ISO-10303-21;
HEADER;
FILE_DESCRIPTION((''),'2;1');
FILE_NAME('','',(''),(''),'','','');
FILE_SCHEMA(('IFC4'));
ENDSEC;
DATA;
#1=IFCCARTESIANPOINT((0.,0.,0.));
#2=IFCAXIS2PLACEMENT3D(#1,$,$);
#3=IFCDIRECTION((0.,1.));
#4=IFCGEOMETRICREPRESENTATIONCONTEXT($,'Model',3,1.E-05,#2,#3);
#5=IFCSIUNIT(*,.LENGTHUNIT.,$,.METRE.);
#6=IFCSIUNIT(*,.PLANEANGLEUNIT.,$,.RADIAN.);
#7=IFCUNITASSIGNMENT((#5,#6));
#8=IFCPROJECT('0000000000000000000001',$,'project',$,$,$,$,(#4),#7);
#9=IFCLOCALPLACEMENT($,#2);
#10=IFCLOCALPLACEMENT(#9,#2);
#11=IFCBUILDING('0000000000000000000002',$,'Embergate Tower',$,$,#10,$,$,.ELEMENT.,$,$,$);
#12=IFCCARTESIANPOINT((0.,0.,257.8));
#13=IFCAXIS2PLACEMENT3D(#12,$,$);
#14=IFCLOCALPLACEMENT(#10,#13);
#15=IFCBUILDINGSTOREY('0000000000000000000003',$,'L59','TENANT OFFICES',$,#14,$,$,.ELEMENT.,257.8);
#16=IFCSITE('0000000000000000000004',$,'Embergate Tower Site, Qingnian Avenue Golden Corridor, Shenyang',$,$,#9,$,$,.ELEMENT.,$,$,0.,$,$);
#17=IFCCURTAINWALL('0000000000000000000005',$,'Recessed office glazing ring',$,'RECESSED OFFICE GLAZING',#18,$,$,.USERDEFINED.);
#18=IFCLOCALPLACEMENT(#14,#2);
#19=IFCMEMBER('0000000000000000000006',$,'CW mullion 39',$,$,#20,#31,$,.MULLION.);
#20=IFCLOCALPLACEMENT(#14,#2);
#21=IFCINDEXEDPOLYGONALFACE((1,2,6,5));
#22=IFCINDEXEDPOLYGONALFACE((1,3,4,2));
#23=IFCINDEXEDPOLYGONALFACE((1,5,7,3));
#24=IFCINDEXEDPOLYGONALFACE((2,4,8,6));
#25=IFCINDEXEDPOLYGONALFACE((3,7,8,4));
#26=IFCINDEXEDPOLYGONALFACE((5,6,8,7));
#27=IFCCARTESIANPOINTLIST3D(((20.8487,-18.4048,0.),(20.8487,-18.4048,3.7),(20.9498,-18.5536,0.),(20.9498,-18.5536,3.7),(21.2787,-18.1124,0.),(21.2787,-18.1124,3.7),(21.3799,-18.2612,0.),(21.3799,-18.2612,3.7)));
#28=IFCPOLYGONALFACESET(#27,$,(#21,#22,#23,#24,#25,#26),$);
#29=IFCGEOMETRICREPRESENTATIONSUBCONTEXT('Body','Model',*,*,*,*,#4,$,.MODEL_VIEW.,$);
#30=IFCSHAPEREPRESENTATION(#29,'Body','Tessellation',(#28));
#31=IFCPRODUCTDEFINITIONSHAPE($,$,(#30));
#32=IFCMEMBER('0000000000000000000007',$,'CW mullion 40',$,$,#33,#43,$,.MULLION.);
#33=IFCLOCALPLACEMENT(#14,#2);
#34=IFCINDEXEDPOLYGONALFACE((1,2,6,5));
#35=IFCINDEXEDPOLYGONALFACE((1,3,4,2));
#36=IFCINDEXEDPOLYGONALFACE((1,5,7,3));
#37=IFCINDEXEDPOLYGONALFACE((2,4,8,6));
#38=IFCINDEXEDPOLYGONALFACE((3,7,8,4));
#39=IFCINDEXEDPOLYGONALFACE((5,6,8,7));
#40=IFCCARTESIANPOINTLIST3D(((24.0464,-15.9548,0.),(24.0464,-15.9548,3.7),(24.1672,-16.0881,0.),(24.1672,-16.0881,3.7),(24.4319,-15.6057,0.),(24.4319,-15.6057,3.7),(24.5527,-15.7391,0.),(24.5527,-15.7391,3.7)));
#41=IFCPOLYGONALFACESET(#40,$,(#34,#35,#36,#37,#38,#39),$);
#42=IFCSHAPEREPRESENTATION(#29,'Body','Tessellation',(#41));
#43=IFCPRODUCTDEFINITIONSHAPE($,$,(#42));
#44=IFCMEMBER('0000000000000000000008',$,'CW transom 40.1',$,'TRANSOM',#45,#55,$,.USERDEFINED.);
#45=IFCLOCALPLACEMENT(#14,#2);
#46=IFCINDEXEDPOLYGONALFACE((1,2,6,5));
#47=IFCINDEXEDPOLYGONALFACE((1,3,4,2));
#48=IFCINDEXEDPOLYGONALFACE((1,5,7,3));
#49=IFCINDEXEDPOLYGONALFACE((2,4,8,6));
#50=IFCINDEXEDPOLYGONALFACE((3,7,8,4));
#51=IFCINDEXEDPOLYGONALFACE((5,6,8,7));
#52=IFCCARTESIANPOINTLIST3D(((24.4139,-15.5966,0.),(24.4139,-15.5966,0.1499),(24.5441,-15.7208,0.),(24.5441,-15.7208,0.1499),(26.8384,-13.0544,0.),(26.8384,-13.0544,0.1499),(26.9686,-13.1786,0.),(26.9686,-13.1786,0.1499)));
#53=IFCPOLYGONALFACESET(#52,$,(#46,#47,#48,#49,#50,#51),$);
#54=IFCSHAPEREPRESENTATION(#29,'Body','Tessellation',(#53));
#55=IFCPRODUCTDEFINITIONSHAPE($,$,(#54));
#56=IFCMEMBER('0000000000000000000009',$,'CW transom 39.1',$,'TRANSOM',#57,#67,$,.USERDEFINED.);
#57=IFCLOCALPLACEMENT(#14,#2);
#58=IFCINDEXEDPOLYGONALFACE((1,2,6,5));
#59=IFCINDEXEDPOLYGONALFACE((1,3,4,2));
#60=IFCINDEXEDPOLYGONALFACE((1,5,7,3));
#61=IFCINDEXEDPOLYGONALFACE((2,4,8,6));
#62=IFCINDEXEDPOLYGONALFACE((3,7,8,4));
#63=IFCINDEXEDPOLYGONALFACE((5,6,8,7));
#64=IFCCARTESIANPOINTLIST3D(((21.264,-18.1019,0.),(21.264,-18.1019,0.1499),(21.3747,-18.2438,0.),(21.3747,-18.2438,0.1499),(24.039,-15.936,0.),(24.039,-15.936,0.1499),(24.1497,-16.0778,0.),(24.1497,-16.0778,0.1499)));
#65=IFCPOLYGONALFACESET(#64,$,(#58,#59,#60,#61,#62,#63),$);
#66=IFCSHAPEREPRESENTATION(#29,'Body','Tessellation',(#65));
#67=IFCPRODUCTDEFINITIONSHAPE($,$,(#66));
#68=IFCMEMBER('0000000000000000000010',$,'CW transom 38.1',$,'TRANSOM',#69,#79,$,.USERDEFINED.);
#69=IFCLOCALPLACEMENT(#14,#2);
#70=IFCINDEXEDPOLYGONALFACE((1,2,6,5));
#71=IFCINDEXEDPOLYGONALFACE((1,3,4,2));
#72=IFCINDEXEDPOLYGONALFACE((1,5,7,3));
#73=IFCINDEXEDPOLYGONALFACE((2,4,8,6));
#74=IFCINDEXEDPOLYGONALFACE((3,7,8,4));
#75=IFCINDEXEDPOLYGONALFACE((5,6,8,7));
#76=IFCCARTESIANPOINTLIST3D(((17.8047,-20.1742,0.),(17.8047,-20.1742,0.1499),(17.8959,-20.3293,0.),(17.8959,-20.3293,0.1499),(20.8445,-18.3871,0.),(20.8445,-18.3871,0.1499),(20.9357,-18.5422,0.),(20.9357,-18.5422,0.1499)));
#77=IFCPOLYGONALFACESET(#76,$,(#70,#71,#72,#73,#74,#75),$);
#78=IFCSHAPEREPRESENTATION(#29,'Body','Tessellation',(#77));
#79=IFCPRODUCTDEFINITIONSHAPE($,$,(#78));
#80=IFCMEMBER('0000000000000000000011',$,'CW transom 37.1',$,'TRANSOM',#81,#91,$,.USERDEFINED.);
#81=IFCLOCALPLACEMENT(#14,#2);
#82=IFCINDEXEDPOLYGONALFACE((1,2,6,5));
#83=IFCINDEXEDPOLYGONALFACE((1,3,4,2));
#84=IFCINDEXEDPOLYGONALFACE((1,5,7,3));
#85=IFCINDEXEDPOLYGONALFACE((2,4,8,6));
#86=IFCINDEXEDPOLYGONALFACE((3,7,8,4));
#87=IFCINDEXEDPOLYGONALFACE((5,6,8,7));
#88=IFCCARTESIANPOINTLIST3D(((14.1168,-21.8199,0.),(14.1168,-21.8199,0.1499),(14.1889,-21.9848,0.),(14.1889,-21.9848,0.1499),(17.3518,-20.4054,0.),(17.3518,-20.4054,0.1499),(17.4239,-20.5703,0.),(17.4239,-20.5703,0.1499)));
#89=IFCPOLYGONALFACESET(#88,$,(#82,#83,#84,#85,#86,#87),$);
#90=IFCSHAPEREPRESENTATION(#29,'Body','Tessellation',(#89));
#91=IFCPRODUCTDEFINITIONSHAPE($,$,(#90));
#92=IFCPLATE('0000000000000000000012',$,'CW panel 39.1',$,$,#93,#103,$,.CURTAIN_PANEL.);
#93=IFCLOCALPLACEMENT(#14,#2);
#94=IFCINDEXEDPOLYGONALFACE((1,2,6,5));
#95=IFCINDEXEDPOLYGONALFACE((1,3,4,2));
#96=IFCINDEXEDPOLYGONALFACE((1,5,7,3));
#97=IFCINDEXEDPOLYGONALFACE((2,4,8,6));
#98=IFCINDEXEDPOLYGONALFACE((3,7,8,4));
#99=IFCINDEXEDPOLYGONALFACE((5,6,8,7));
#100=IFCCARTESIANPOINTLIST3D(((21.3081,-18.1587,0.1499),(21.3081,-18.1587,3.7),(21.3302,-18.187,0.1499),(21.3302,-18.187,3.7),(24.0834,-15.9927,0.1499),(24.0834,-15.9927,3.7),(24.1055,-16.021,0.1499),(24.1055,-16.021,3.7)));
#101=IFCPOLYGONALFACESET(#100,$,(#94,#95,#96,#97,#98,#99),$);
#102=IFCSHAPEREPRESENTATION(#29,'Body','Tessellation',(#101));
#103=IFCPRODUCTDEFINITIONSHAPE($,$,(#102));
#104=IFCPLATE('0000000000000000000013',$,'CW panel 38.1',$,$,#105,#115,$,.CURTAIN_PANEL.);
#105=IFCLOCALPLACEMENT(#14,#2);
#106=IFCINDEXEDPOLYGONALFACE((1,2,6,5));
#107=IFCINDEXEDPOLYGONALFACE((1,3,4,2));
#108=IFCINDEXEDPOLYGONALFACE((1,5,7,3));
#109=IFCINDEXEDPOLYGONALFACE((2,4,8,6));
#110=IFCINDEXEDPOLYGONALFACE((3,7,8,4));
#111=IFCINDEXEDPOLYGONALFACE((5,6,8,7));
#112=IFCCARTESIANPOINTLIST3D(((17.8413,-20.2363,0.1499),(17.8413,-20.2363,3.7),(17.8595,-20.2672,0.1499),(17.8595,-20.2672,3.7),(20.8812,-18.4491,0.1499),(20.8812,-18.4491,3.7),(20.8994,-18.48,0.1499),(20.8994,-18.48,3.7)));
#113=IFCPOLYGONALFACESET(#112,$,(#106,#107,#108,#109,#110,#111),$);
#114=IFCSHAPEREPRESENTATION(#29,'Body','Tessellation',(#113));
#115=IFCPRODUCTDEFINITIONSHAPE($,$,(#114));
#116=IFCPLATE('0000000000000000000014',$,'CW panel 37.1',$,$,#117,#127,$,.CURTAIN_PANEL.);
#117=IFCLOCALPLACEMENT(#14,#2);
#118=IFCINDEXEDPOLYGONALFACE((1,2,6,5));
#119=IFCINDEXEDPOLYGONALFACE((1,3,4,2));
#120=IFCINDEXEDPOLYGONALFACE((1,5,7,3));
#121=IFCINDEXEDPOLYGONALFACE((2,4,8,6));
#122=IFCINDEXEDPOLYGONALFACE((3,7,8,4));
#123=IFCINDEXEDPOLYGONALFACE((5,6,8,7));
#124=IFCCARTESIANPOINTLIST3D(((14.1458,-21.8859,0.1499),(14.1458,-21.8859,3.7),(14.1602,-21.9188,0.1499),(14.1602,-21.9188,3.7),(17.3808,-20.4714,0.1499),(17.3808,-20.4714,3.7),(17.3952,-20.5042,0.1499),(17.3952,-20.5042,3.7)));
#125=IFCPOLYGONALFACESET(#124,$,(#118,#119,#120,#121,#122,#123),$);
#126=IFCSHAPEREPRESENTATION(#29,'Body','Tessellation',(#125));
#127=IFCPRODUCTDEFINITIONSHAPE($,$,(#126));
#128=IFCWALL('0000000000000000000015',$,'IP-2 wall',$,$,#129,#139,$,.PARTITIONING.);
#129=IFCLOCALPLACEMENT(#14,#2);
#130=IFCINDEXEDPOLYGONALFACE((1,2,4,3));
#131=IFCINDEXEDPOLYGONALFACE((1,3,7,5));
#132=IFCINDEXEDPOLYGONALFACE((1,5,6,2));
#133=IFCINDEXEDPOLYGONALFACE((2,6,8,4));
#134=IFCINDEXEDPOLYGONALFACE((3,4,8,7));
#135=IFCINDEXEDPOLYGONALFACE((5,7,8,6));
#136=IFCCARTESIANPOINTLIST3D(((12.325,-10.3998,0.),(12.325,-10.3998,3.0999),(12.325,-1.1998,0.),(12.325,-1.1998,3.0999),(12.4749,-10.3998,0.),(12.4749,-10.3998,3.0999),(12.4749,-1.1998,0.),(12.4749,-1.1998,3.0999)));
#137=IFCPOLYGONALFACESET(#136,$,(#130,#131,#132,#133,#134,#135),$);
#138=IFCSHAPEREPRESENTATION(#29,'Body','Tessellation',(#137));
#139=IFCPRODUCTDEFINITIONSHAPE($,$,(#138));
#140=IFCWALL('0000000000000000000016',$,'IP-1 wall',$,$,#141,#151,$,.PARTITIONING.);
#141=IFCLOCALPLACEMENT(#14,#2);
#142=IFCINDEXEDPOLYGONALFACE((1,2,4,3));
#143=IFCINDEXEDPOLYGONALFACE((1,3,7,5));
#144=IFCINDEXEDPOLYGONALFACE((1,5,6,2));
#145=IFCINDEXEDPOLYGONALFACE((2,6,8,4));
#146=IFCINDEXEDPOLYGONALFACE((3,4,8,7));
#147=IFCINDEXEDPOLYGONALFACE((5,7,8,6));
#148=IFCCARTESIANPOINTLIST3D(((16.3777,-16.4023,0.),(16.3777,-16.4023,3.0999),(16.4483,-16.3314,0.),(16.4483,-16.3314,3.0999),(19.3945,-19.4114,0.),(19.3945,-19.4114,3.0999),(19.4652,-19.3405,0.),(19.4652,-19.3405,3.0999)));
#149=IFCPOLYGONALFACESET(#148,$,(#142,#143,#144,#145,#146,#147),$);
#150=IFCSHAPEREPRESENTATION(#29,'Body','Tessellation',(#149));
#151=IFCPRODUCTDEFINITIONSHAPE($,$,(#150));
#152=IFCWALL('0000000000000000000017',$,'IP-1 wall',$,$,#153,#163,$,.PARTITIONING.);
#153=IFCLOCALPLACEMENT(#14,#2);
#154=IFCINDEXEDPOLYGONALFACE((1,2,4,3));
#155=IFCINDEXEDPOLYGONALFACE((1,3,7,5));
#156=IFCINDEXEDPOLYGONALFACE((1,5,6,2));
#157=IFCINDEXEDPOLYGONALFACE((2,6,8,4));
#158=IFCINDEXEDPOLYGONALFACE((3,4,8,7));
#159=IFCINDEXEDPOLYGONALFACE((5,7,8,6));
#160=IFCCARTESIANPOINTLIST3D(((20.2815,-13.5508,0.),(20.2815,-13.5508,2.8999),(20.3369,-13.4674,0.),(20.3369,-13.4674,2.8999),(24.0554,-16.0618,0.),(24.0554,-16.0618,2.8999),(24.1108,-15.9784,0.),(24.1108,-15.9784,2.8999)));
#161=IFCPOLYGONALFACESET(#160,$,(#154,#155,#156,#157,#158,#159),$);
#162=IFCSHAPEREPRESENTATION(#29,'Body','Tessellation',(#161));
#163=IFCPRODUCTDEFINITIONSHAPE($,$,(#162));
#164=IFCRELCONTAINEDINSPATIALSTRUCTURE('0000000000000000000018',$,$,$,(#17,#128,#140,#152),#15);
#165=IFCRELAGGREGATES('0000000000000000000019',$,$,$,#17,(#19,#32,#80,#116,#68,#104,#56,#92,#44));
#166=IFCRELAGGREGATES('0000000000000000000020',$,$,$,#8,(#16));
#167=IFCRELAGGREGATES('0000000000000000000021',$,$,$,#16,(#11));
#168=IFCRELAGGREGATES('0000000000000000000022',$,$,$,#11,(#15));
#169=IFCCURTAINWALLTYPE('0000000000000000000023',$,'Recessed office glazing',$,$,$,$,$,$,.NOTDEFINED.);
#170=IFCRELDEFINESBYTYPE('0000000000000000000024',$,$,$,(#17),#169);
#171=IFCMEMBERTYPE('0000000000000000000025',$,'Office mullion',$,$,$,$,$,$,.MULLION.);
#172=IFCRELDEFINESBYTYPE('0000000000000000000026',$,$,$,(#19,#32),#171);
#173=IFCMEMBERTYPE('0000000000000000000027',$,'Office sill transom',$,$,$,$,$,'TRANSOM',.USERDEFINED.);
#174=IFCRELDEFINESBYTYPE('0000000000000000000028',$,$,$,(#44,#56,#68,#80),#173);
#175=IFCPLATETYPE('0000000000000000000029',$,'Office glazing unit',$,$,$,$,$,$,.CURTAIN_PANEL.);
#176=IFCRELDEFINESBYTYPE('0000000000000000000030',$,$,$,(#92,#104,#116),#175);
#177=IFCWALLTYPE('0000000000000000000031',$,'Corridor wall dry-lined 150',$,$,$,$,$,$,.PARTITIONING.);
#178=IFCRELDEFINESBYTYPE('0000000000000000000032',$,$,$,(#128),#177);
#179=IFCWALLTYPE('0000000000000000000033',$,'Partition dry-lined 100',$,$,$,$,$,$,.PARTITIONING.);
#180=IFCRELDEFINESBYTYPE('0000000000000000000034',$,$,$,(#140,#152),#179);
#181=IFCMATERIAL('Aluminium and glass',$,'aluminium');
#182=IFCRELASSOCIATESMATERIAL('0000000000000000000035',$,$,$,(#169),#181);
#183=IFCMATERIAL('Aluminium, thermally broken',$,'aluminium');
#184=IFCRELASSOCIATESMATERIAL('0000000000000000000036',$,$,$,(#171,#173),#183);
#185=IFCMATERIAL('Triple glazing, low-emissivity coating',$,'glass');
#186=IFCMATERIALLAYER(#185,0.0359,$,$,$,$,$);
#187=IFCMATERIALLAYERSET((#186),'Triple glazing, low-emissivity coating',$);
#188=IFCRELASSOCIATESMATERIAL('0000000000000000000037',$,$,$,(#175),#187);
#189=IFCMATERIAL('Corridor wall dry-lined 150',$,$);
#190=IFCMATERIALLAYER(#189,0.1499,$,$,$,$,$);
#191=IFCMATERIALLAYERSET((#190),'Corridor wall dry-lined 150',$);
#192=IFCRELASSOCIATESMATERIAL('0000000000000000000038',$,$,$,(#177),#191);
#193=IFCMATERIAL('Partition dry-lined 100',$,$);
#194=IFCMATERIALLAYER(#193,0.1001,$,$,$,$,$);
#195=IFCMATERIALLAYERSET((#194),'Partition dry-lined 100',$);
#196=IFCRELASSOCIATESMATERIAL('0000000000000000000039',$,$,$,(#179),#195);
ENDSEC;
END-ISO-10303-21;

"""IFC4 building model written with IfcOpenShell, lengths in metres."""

from ifc_helpers import new_model, si_unit, direction, frame, frame_2d, origin, origin_2d, place, context, subcontext, project, spatial, rectangle, extrude, source, transform, mapped, material, layer, layer_set, material_profile, profile_set, type_object, element, aggregate, save


model = new_model("IFC4")

# Units and contexts
model_context = context("Model", 3, precision=1e-05, world=origin(), true_north=direction((0.0, 1.0)))
body_context = subcontext(model_context, "Body", "Model", "MODEL_VIEW")
ifc_project = project(units=[si_unit("LENGTHUNIT", "METRE"), si_unit("PLANEANGLEUNIT", "RADIAN")], contexts=[model_context])

# Site, building, storey
site_placement = place(None, origin())
site = spatial("IfcSite", under=ifc_project, at=site_placement, Name="Embergate Tower Site, Qingnian Avenue Golden Corridor, Shenyang", CompositionType="ELEMENT", RefElevation=0.0)
building_placement = place(site_placement, origin())
building = spatial("IfcBuilding", under=site, at=building_placement, Name="Embergate Tower", CompositionType="ELEMENT")
storey_placement = place(building_placement, frame((0.0, 0.0, 257.8)))
storey = spatial("IfcBuildingStorey", under=building, at=storey_placement, Name="L59", Description="TENANT OFFICES", CompositionType="ELEMENT", Elevation=257.8)

# Curtain wall, members, plates
ifc_material_1 = material(Name="Aluminium and glass", Category="aluminium")
curtain_wall_type = type_object("IfcCurtainWallType", Name="Recessed office glazing", PredefinedType="NOTDEFINED", material=ifc_material_1)
curtain_wall_placement = place(storey_placement, origin())
curtain_wall = element("IfcCurtainWall", 1, at=curtain_wall_placement, inside=storey, type_object=curtain_wall_type, Name="Recessed office glazing ring", ObjectType="RECESSED OFFICE GLAZING", PredefinedType="USERDEFINED")
ifc_material_2 = material(Name="Aluminium, thermally broken", Category="aluminium")
ifc_material_profile_1 = material_profile(ifc_material_2, rectangle(XDim=0.1799, YDim=0.52, at=origin_2d()), Name="AL 520x180")
ifc_profile_set_1 = profile_set([ifc_material_profile_1], Name="Aluminium, thermally broken")
member_type_1 = type_object("IfcMemberType", Name="Office mullion", PredefinedType="MULLION", material=ifc_profile_set_1)
shared_shape_1 = source(origin(), body_context, "Body", "SweptSolid", [
    extrude(rectangle(XDim=0.1799, YDim=0.52, at=origin_2d()), origin(), (0.0, 0.0, 1.0), 3.7),
])
member_1_placement = place(storey_placement, frame((21.1143, -18.333, 0.0), z_axis=(0.0, 0.0, 1.0), x_axis=(-0.562209, 0.826995, 0.0)))
member_1 = element("IfcMember", 2, at=member_1_placement, type_object=member_type_1, Name="CW mullion 39", PredefinedType="MULLION", context=body_context, shape_type="MappedRepresentation", body=[
    mapped(shared_shape_1, transform((0.0, 0.0, 0.0))),
])
member_2_placement = place(storey_placement, frame((24.2996, -15.8469, 0.0), z_axis=(0.0, 0.0, 1.0), x_axis=(-0.671217, 0.74126, 0.0)))
member_2 = element("IfcMember", 3, at=member_2_placement, type_object=member_type_1, Name="CW mullion 40", PredefinedType="MULLION", context=body_context, shape_type="MappedRepresentation", body=[
    mapped(shared_shape_1, transform((0.0, 0.0, 0.0))),
])
ifc_material_profile_2 = material_profile(ifc_material_2, rectangle(XDim=0.1799, YDim=0.1499, at=origin_2d()), Name="AL 150x180")
ifc_profile_set_2 = profile_set([ifc_material_profile_2], Name="Aluminium, thermally broken")
member_type_2 = type_object("IfcMemberType", Name="Office sill transom", ElementType="TRANSOM", PredefinedType="USERDEFINED", material=ifc_profile_set_2)
shared_shape_2 = source(origin(), body_context, "Body", "SweptSolid", [
    extrude(rectangle(XDim=0.1799, YDim=0.1499, at=origin_2d()), origin(), (0.0, 0.0, 1.0), 3.5129),
])
member_3_placement = place(storey_placement, frame((24.479, -15.6587, 0.075), z_axis=(0.69016, 0.723657, 0.0), x_axis=(-0.723657, 0.69016, 0.0)))
member_3 = element("IfcMember", 4, at=member_3_placement, type_object=member_type_2, Name="CW transom 40.1", ObjectType="TRANSOM", PredefinedType="USERDEFINED", context=body_context, shape_type="MappedRepresentation", body=[
    mapped(shared_shape_2, transform((0.0, 0.0, 0.0))),
])
shared_shape_3 = source(origin(), body_context, "Body", "SweptSolid", [
    extrude(rectangle(XDim=0.1799, YDim=0.1499, at=origin_2d()), origin(), (0.0, 0.0, 1.0), 3.5203),
])
member_4_placement = place(storey_placement, frame((21.3193, -18.1729, 0.075), z_axis=(0.788309, 0.615279, 0.0), x_axis=(-0.615279, 0.788309, 0.0)))
member_4 = element("IfcMember", 5, at=member_4_placement, type_object=member_type_2, Name="CW transom 39.1", ObjectType="TRANSOM", PredefinedType="USERDEFINED", context=body_context, shape_type="MappedRepresentation", body=[
    mapped(shared_shape_3, transform((0.0, 0.0, 0.0))),
])
shared_shape_4 = source(origin(), body_context, "Body", "SweptSolid", [
    extrude(rectangle(XDim=0.1799, YDim=0.1499, at=origin_2d()), origin(), (0.0, 0.0, 1.0), 3.5261),
])
member_5_placement = place(storey_placement, frame((17.8503, -20.2517, 0.075), z_axis=(0.862059, 0.506808, 0.0), x_axis=(-0.506808, 0.862059, 0.0)))
member_5 = element("IfcMember", 6, at=member_5_placement, type_object=member_type_2, Name="CW transom 38.1", ObjectType="TRANSOM", PredefinedType="USERDEFINED", context=body_context, shape_type="MappedRepresentation", body=[
    mapped(shared_shape_4, transform((0.0, 0.0, 0.0))),
])
shared_shape_5 = source(origin(), body_context, "Body", "SweptSolid", [
    extrude(rectangle(XDim=0.1799, YDim=0.1499, at=origin_2d()), origin(), (0.0, 0.0, 1.0), 3.5308),
])
member_6_placement = place(storey_placement, frame((14.1528, -21.9023, 0.075), z_axis=(0.916241, 0.400627, 0.0), x_axis=(-0.400627, 0.916241, 0.0)))
member_6 = element("IfcMember", 7, at=member_6_placement, type_object=member_type_2, Name="CW transom 37.1", ObjectType="TRANSOM", PredefinedType="USERDEFINED", context=body_context, shape_type="MappedRepresentation", body=[
    mapped(shared_shape_5, transform((0.0, 0.0, 0.0))),
])
ifc_material_3 = material(Name="Triple glazing, low-emissivity coating", Category="glass")
ifc_layer_1 = layer(ifc_material_3, 0.0359)
ifc_layer_set_1 = layer_set([ifc_layer_1], Name="Triple glazing, low-emissivity coating")
plate_type = type_object("IfcPlateType", Name="Office glazing unit", PredefinedType="CURTAIN_PANEL", material=ifc_layer_set_1)
shared_shape_6 = source(origin(), body_context, "Body", "SweptSolid", [
    extrude(rectangle(XDim=3.5205, YDim=0.0359, at=origin_2d()), origin(), (0.0, 0.0, 1.0), 3.55),
])
plate_1_placement = place(storey_placement, frame((22.7068, -17.0898, 0.1499), z_axis=(0.0, 0.0, 1.0), x_axis=(0.788322, 0.615263, 0.0)))
plate_1 = element("IfcPlate", 8, at=plate_1_placement, type_object=plate_type, Name="CW panel 39.1", PredefinedType="CURTAIN_PANEL", context=body_context, shape_type="MappedRepresentation", body=[
    mapped(shared_shape_6, transform((0.0, 0.0, 0.0))),
])
shared_shape_7 = source(origin(), body_context, "Body", "SweptSolid", [
    extrude(rectangle(XDim=3.5264, YDim=0.0359, at=origin_2d()), origin(), (0.0, 0.0, 1.0), 3.55),
])
plate_2_placement = place(storey_placement, frame((19.3704, -19.3582, 0.1499), z_axis=(0.0, 0.0, 1.0), x_axis=(0.862055, 0.506815, 0.0)))
plate_2 = element("IfcPlate", 9, at=plate_2_placement, type_object=plate_type, Name="CW panel 38.1", PredefinedType="CURTAIN_PANEL", context=body_context, shape_type="MappedRepresentation", body=[
    mapped(shared_shape_7, transform((0.0, 0.0, 0.0))),
])
shared_shape_8 = source(origin(), body_context, "Body", "SweptSolid", [
    extrude(rectangle(XDim=3.5308, YDim=0.0359, at=origin_2d()), origin(), (0.0, 0.0, 1.0), 3.55),
])
plate_3_placement = place(storey_placement, frame((15.7705, -21.1951, 0.1499), z_axis=(0.0, 0.0, 1.0), x_axis=(0.916237, 0.400637, 0.0)))
plate_3 = element("IfcPlate", 10, at=plate_3_placement, type_object=plate_type, Name="CW panel 37.1", PredefinedType="CURTAIN_PANEL", context=body_context, shape_type="MappedRepresentation", body=[
    mapped(shared_shape_8, transform((0.0, 0.0, 0.0))),
])
aggregate(curtain_wall, [member_1, member_2, member_6, plate_3, member_5, plate_2, member_4, plate_1, member_3])

# Walls
ifc_material_4 = material(Name="Corridor wall dry-lined 150")
ifc_layer_2 = layer(ifc_material_4, 0.1499)
ifc_layer_set_2 = layer_set([ifc_layer_2], Name="Corridor wall dry-lined 150")
wall_type_1 = type_object("IfcWallType", Name="Corridor wall dry-lined 150", PredefinedType="PARTITIONING", material=ifc_layer_set_2)
shared_shape_9 = source(origin(), body_context, "Body", "SweptSolid", [
    extrude(rectangle(XDim=9.2, YDim=0.1499, at=frame_2d((4.6001, 0.0))), origin(), (0.0, 0.0, 1.0), 3.0999),
])
wall_1_placement = place(storey_placement, frame((12.3999, -10.3999, 0.0), z_axis=(0.0, 0.0, 1.0), x_axis=(0.0, 1.0, 0.0)))
element("IfcWall", 11, at=wall_1_placement, inside=storey, type_object=wall_type_1, Name="IP-2 wall", PredefinedType="PARTITIONING", context=body_context, shape_type="MappedRepresentation", body=[
    mapped(shared_shape_9, transform((0.0, 0.0, 0.0))),
])
ifc_material_5 = material(Name="Partition dry-lined 100")
ifc_layer_3 = layer(ifc_material_5, 0.1001)
ifc_layer_set_3 = layer_set([ifc_layer_3], Name="Partition dry-lined 100")
wall_type_2 = type_object("IfcWallType", Name="Partition dry-lined 100", PredefinedType="PARTITIONING", material=ifc_layer_set_3)
shared_shape_10 = source(origin(), body_context, "Body", "SweptSolid", [
    extrude(rectangle(XDim=4.261, YDim=0.1001, at=frame_2d((2.1304, 0.0))), origin(), (0.0, 0.0, 1.0), 3.0999),
])
wall_2_placement = place(storey_placement, frame((16.4131, -16.3669, 0.0), z_axis=(0.0, 0.0, 1.0), x_axis=(0.708023, -0.706189, 0.0)))
element("IfcWall", 12, at=wall_2_placement, inside=storey, type_object=wall_type_2, Name="IP-1 wall", PredefinedType="PARTITIONING", context=body_context, shape_type="MappedRepresentation", body=[
    mapped(shared_shape_10, transform((0.0, 0.0, 0.0))),
])
shared_shape_11 = source(origin(), body_context, "Body", "SweptSolid", [
    extrude(rectangle(XDim=4.533, YDim=0.1001, at=frame_2d((2.2666, 0.0))), origin(), (0.0, 0.0, 1.0), 2.8999),
])
wall_3_placement = place(storey_placement, frame((20.3091, -13.509, 0.0), z_axis=(0.0, 0.0, 1.0), x_axis=(0.832555, -0.553942, 0.0)))
element("IfcWall", 13, at=wall_3_placement, inside=storey, type_object=wall_type_2, Name="IP-1 wall", PredefinedType="PARTITIONING", context=body_context, shape_type="MappedRepresentation", body=[
    mapped(shared_shape_11, transform((0.0, 0.0, 0.0))),
])

save(model, "model.ifc")
